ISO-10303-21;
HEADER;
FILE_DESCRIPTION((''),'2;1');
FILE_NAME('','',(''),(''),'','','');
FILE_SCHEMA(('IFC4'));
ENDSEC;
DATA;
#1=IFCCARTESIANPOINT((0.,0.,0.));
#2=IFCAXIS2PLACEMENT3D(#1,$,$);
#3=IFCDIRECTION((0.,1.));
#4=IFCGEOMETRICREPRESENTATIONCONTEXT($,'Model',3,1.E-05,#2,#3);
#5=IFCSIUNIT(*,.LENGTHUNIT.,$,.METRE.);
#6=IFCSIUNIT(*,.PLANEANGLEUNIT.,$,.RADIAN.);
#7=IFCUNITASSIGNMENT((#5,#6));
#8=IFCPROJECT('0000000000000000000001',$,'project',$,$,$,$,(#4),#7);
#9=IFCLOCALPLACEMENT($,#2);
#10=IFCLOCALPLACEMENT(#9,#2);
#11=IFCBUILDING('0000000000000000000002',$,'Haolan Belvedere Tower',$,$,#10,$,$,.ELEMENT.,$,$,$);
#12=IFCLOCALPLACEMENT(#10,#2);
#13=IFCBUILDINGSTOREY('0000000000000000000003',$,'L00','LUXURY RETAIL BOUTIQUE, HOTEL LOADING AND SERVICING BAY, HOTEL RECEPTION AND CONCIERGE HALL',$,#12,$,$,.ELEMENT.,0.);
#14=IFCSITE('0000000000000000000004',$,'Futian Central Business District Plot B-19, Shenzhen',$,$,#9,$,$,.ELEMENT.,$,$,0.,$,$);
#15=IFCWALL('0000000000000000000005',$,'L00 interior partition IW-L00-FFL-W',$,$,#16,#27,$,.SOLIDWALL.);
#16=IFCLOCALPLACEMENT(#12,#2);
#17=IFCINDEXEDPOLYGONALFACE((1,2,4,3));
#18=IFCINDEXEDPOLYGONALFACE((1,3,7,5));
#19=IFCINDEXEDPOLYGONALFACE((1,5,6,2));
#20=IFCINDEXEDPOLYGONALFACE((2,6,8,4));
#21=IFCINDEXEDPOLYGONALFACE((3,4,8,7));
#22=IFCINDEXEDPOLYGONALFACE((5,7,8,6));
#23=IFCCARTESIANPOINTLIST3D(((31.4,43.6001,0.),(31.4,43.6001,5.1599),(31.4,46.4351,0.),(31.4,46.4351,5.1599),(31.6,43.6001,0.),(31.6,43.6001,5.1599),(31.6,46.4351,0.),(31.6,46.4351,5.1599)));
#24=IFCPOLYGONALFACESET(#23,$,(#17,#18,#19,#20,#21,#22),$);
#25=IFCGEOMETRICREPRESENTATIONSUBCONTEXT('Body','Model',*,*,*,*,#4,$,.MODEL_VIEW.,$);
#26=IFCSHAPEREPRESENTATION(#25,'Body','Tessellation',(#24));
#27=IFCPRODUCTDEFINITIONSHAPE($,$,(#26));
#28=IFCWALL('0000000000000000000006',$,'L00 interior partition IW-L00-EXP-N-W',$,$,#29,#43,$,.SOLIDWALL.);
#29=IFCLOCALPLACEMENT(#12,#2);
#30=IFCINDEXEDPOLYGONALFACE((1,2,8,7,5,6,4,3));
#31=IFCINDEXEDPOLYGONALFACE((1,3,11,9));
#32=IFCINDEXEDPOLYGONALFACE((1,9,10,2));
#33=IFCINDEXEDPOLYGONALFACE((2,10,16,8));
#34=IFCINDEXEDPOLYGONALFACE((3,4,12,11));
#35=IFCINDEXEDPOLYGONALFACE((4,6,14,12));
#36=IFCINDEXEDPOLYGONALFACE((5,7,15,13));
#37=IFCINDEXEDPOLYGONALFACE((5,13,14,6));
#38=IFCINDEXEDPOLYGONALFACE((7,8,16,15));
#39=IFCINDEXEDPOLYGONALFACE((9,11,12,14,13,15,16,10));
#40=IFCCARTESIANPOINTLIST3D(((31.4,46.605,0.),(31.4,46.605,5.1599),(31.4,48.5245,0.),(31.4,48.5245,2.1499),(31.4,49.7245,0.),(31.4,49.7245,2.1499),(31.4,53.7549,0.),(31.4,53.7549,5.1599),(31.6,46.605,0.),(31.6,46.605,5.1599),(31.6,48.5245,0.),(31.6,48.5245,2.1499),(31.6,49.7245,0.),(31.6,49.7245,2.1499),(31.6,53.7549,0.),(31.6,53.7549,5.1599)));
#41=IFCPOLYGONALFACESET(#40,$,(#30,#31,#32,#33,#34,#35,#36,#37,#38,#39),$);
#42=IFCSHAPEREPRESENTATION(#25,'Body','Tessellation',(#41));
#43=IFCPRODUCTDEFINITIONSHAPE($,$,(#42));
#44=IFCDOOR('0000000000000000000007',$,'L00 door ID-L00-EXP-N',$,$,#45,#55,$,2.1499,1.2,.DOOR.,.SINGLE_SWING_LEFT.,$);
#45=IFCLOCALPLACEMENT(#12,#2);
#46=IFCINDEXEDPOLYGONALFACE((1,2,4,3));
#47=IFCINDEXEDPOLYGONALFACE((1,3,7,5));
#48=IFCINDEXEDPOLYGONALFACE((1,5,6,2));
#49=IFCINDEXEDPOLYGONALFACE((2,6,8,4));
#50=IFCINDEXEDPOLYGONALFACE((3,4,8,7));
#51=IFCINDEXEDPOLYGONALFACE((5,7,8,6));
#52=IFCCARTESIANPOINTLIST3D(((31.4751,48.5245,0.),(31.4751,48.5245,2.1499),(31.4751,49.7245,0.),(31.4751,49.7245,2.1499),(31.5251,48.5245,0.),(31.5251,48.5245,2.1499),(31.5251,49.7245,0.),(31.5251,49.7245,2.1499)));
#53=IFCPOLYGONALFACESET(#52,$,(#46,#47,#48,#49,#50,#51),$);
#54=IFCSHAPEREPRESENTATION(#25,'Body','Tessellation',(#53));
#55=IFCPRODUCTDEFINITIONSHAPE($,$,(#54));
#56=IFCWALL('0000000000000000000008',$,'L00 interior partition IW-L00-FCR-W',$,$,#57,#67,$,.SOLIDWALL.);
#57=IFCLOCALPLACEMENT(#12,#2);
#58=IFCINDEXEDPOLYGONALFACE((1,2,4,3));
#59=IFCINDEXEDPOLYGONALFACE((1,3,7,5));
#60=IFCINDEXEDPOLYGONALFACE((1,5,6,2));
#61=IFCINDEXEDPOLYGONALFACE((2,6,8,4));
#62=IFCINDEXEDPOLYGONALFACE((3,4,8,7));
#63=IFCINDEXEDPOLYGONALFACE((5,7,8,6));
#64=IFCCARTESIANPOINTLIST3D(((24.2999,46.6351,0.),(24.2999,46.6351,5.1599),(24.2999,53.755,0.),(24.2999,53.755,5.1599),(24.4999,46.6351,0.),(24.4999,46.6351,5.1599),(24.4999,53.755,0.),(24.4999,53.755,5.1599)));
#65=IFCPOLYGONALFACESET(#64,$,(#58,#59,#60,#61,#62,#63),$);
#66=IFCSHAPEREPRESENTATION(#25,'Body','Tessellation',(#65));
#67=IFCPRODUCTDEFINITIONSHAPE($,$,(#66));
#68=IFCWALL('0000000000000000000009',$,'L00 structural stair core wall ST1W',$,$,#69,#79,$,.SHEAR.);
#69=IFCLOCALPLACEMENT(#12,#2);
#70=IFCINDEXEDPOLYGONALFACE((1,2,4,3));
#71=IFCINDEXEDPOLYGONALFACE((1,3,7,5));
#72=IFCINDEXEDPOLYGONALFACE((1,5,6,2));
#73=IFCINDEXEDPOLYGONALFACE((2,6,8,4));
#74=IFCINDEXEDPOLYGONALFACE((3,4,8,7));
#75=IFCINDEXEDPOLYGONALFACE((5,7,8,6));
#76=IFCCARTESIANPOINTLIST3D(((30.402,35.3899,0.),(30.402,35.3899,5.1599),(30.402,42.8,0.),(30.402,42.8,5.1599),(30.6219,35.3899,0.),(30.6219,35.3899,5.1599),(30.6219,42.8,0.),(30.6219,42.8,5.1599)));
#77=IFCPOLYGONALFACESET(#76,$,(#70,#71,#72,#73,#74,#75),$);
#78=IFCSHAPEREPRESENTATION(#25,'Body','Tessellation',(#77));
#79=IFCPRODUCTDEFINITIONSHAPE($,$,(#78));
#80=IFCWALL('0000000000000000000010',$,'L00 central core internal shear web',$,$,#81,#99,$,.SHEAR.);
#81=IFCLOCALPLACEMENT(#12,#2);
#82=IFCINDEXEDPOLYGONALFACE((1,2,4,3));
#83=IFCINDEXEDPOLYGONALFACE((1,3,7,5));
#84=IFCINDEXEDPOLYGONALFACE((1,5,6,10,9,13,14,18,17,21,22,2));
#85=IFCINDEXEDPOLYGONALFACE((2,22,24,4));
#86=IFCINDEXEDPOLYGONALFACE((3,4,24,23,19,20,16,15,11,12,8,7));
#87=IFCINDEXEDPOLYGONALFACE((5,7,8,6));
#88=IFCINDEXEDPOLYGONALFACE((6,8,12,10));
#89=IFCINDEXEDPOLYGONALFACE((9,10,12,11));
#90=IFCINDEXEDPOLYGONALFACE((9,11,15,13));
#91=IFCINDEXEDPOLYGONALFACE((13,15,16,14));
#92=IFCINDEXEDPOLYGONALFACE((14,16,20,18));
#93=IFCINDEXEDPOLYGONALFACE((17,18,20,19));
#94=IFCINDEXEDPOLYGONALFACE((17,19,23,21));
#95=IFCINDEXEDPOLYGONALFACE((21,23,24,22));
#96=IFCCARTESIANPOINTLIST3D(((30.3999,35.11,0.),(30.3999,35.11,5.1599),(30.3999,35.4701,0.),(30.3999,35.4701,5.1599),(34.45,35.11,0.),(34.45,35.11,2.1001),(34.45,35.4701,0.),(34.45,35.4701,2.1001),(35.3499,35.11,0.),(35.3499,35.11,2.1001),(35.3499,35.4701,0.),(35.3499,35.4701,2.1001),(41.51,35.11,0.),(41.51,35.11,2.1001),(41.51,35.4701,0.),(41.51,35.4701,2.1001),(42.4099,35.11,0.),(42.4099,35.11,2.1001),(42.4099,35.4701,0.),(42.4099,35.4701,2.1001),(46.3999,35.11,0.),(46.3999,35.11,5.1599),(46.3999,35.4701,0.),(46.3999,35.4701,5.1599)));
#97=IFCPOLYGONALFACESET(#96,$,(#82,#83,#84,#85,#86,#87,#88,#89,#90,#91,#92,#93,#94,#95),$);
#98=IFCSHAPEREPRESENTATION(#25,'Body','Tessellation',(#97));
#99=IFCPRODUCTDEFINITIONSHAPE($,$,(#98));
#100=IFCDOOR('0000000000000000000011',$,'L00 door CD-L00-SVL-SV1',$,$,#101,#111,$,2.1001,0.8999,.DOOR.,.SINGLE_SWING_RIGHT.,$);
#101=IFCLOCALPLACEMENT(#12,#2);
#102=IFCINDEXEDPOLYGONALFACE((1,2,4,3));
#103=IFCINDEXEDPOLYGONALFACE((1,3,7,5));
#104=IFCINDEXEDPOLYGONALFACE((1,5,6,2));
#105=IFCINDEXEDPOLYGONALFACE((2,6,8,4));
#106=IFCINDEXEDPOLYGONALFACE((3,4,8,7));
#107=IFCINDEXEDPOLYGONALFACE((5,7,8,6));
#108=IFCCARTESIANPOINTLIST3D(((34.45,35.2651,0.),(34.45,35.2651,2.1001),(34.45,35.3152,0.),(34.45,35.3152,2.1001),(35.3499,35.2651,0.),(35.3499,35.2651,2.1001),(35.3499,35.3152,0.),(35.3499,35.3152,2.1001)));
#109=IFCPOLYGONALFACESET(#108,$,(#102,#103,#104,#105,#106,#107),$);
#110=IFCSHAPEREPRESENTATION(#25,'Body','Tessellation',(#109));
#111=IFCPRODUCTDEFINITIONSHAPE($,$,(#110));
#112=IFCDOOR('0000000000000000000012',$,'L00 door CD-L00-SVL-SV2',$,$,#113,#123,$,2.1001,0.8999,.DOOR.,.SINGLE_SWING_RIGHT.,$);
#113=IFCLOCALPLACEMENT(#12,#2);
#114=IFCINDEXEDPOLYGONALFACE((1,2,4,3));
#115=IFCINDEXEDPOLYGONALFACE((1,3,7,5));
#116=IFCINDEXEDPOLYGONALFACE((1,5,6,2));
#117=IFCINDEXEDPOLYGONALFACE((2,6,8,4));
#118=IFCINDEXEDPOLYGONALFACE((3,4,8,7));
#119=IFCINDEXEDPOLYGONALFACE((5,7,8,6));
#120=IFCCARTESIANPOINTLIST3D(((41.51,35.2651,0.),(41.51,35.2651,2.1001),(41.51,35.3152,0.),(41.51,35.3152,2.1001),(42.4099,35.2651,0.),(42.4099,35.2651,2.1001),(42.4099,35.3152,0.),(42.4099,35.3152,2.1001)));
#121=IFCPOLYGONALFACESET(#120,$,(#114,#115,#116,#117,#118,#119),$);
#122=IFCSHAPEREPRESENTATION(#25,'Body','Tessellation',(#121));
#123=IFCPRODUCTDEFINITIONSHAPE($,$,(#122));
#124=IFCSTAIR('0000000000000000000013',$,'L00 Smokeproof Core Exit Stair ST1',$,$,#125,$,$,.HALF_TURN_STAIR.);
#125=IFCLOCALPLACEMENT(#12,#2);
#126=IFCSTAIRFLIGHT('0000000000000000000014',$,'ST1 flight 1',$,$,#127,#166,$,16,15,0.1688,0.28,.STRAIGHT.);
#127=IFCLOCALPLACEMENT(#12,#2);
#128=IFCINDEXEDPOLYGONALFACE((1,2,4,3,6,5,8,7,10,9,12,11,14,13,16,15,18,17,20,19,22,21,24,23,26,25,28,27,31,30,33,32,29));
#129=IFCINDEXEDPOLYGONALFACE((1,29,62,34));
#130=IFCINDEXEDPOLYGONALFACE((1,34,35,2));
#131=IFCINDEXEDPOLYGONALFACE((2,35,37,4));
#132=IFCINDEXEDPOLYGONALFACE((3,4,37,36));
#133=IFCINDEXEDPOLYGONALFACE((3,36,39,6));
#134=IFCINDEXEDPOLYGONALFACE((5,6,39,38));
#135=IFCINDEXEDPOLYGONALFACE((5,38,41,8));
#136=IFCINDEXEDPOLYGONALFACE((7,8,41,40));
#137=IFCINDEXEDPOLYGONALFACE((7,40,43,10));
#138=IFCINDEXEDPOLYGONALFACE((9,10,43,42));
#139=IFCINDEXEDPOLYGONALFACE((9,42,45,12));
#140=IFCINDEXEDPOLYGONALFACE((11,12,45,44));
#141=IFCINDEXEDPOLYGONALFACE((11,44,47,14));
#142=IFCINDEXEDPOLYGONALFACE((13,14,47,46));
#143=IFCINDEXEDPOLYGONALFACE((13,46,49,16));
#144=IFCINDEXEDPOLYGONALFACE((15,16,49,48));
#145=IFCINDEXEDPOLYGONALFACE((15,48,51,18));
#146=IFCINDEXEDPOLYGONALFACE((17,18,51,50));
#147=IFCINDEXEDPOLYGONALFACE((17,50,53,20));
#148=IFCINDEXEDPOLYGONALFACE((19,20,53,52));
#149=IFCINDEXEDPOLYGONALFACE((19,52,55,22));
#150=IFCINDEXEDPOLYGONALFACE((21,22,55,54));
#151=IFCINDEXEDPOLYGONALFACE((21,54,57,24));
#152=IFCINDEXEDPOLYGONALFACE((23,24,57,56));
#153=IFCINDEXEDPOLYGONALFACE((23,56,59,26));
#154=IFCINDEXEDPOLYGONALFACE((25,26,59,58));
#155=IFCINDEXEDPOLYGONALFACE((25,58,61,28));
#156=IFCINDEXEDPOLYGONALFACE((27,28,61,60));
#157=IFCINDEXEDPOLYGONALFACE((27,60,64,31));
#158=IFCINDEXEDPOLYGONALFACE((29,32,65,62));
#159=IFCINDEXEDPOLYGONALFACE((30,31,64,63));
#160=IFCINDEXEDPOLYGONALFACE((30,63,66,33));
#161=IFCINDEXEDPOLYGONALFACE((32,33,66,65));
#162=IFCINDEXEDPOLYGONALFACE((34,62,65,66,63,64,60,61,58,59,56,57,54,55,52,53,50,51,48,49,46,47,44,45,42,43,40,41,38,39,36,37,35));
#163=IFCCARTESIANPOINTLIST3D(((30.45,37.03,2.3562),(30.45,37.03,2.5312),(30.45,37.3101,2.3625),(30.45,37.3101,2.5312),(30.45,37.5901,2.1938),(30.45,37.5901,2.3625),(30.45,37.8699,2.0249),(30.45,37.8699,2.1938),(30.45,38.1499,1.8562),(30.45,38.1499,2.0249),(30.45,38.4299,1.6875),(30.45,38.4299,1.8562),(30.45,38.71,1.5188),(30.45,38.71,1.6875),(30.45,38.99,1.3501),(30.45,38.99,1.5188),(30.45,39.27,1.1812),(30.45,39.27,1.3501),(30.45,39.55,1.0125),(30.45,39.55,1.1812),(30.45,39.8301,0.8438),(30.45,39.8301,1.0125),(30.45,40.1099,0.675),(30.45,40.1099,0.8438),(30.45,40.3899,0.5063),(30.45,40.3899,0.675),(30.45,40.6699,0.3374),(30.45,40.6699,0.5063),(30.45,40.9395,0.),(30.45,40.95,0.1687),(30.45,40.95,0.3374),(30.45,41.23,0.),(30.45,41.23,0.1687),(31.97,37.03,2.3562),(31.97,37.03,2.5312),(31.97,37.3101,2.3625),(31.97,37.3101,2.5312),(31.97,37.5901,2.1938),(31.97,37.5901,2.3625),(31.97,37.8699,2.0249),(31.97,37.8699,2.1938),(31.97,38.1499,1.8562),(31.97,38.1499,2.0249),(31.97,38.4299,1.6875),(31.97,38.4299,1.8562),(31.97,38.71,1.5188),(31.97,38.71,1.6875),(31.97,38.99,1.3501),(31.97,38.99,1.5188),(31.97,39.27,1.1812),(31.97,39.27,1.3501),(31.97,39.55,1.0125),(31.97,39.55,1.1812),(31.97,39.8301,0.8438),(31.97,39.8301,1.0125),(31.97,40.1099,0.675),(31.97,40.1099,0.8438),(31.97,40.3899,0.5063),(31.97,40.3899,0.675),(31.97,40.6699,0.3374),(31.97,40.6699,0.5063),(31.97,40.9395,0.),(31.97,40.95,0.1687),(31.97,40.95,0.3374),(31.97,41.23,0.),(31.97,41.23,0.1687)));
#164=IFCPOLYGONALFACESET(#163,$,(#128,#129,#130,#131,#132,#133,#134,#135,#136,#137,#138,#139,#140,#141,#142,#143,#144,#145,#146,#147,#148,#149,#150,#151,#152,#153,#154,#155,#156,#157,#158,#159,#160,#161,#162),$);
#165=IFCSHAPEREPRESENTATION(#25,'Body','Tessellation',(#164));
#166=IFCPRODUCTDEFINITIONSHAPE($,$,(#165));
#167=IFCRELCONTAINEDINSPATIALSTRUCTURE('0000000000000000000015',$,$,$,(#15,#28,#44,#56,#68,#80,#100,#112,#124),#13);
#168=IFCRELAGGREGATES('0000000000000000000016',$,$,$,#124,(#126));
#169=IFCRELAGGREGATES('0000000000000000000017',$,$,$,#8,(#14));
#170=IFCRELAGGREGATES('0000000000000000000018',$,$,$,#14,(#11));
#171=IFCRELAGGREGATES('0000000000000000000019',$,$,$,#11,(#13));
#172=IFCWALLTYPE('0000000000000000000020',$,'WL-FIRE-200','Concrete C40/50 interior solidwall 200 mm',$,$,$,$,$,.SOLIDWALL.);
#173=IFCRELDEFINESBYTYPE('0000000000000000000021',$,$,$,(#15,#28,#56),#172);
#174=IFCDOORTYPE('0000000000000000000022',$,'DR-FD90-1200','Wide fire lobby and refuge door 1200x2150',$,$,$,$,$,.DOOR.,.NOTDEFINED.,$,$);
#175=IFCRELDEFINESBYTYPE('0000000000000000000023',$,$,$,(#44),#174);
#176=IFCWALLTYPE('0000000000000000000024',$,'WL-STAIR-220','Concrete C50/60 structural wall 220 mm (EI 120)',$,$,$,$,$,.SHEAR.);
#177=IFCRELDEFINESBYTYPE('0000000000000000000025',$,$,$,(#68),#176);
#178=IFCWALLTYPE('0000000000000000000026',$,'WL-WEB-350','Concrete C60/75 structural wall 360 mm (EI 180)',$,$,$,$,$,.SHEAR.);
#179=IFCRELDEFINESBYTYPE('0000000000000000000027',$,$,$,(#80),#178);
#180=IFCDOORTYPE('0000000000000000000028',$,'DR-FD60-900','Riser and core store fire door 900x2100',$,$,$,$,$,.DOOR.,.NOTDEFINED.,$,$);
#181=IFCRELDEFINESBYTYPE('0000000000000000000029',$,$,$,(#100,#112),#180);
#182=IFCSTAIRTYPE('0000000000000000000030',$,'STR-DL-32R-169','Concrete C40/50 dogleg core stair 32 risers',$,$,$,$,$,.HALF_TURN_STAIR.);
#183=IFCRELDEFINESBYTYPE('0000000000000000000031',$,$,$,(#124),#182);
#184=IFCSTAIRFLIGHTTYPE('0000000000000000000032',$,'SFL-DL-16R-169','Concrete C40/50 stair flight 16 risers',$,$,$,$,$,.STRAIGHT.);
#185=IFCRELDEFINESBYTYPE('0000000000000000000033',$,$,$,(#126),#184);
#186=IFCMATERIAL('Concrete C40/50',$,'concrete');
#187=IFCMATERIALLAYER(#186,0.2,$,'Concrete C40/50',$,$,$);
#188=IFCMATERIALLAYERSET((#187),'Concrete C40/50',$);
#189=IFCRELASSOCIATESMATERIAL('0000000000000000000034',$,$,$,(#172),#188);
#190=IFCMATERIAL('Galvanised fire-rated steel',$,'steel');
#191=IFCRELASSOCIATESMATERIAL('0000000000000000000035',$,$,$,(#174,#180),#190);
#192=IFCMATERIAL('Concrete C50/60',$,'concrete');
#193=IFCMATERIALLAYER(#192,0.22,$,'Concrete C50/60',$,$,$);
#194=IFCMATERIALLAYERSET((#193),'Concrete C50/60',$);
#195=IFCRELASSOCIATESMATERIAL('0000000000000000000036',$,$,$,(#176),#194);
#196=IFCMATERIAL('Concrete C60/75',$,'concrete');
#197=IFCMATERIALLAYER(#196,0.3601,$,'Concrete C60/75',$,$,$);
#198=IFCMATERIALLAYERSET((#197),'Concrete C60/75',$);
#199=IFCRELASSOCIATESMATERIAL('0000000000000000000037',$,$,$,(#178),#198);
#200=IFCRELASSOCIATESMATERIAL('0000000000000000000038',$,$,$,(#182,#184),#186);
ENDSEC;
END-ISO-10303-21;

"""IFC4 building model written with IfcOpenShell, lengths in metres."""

from ifc_helpers import new_model, si_unit, direction, frame, frame_2d, origin, place, context, subcontext, project, spatial, polyline, rectangle, outline, extrude, material, layer, layer_set, type_object, element, fill, aggregate, save


model = new_model("IFC4")

# Units and contexts
model_context = context("Model", 3, precision=1e-05, world=origin(), true_north=direction((0.0, 1.0)))
body_context = subcontext(model_context, "Body", "Model", "MODEL_VIEW")
ifc_project = project(units=[si_unit("LENGTHUNIT", "METRE"), si_unit("PLANEANGLEUNIT", "RADIAN")], contexts=[model_context])

# Site, building, storey
site_placement = place(None, origin())
site = spatial("IfcSite", under=ifc_project, at=site_placement, Name="Futian Central Business District Plot B-19, Shenzhen", CompositionType="ELEMENT", RefElevation=0.0)
building_placement = place(site_placement, origin())
building = spatial("IfcBuilding", under=site, at=building_placement, Name="Haolan Belvedere Tower", CompositionType="ELEMENT")
storey_placement = place(building_placement, origin())
storey = spatial("IfcBuildingStorey", under=building, at=storey_placement, Name="L00", Description="LUXURY RETAIL BOUTIQUE, HOTEL LOADING AND SERVICING BAY, HOTEL RECEPTION AND CONCIERGE HALL", CompositionType="ELEMENT", Elevation=0.0)

# Shared definitions
ifc_material_1 = material(Name="Concrete C50/60", Category="concrete")

# Shared definitions
ifc_material_2 = material(Name="Galvanised fire-rated steel", Category="steel")
ifc_material_3 = material(Name="Concrete C40/50", Category="concrete")
ifc_layer_1 = layer(ifc_material_3, 0.2, Name="Concrete C40/50")
ifc_layer_set_1 = layer_set([ifc_layer_1], Name="Concrete C40/50")
wall_type_1 = type_object("IfcWallType", Name="WL-FIRE-200", Description="Concrete C40/50 interior solidwall 200 mm", PredefinedType="SOLIDWALL", material=ifc_layer_set_1)

# Wall
wall_1_placement = place(storey_placement, frame((31.5, 43.6001, 0.0), z_axis=(0.0, 0.0, 1.0), x_axis=(0.0, 1.0, 0.0)))
element("IfcWall", 1, at=wall_1_placement, inside=storey, type_object=wall_type_1, Name="L00 interior partition IW-L00-FFL-W", PredefinedType="SOLIDWALL", context=body_context, shape_type="SweptSolid", body=[
    extrude(rectangle(XDim=2.835, YDim=0.2, at=frame_2d((1.4175, 0.0))), origin(), (0.0, 0.0, 1.0), 5.1599),
])

# Wall, opening, door
wall_2_placement = place(storey_placement, frame((31.5, 46.605, 0.0), z_axis=(0.0, 0.0, 1.0), x_axis=(0.0, 1.0, 0.0)))
wall_2 = element("IfcWall", 2, at=wall_2_placement, inside=storey, type_object=wall_type_1, Name="L00 interior partition IW-L00-EXP-N-W", PredefinedType="SOLIDWALL", context=body_context, shape_type="SweptSolid", body=[
    extrude(rectangle(XDim=7.1499, YDim=0.2, at=frame_2d((3.575, 0.0))), origin(), (0.0, 0.0, 1.0), 5.1599),
])
opening_1_placement = place(wall_2_placement, frame((1.9194, 0.0, 0.0)))
opening_1 = element("IfcOpeningElement", 3, at=opening_1_placement, cuts=wall_2, PredefinedType="OPENING", context=body_context, shape_type="SweptSolid", body=[
    extrude(rectangle(XDim=1.2, YDim=2.1499, at=frame_2d((0.6001, 1.075))), frame((0.0, 0.1099, 0.0), z_axis=(0.0, -1.0, 0.0), x_axis=(1.0, 0.0, 0.0)), (0.0, 0.0, 1.0), 0.22),
])
door_type_1 = type_object("IfcDoorType", Name="DR-FD90-1200", Description="Wide fire lobby and refuge door 1200x2150", OperationType="NOTDEFINED", PredefinedType="DOOR", material=ifc_material_2)
door_1_placement = place(opening_1_placement, origin())
door_1 = element("IfcDoor", 4, at=door_1_placement, inside=storey, type_object=door_type_1, Name="L00 door ID-L00-EXP-N", OperationType="SINGLE_SWING_LEFT", OverallHeight=2.1499, OverallWidth=1.2, PredefinedType="DOOR", context=body_context, shape_type="SweptSolid", body=[
    extrude(rectangle(XDim=1.2, YDim=2.1499, at=frame_2d((0.6001, 1.075))), frame((0.0, 0.0249, 0.0), z_axis=(0.0, -1.0, 0.0), x_axis=(1.0, 0.0, 0.0)), (0.0, 0.0, 1.0), 0.05),
])
fill(opening_1, door_1)

# Walls
wall_3_placement = place(storey_placement, frame((24.3999, 46.635, 0.0), z_axis=(0.0, 0.0, 1.0), x_axis=(0.0, 1.0, 0.0)))
element("IfcWall", 5, at=wall_3_placement, inside=storey, type_object=wall_type_1, Name="L00 interior partition IW-L00-FCR-W", PredefinedType="SOLIDWALL", context=body_context, shape_type="SweptSolid", body=[
    extrude(rectangle(XDim=7.1199, YDim=0.2, at=frame_2d((3.5601, 0.0))), origin(), (0.0, 0.0, 1.0), 5.1599),
])
ifc_layer_2 = layer(ifc_material_1, 0.22, Name="Concrete C50/60")
ifc_layer_set_2 = layer_set([ifc_layer_2], Name="Concrete C50/60")
wall_type_2 = type_object("IfcWallType", Name="WL-STAIR-220", Description="Concrete C50/60 structural wall 220 mm (EI 120)", PredefinedType="SHEAR", material=ifc_layer_set_2)
wall_4_placement = place(storey_placement, frame((30.512, 35.3899, 0.0), z_axis=(0.0, 0.0, 1.0), x_axis=(0.0, 1.0, 0.0)))
element("IfcWall", 6, at=wall_4_placement, inside=storey, type_object=wall_type_2, Name="L00 structural stair core wall ST1W", PredefinedType="SHEAR", context=body_context, shape_type="SweptSolid", body=[
    extrude(rectangle(XDim=7.4102, YDim=0.22, at=frame_2d((3.7051, 0.0))), origin(), (0.0, 0.0, 1.0), 5.1599),
])

# Wall, openings, doors
ifc_material_4 = material(Name="Concrete C60/75", Category="concrete")
ifc_layer_3 = layer(ifc_material_4, 0.3601, Name="Concrete C60/75")
ifc_layer_set_3 = layer_set([ifc_layer_3], Name="Concrete C60/75")
wall_type_3 = type_object("IfcWallType", Name="WL-WEB-350", Description="Concrete C60/75 structural wall 360 mm (EI 180)", PredefinedType="SHEAR", material=ifc_layer_set_3)
wall_5_placement = place(storey_placement, frame((30.3999, 35.29, 0.0), z_axis=(0.0, 0.0, 1.0), x_axis=(1.0, 0.0, 0.0)))
wall_5 = element("IfcWall", 7, at=wall_5_placement, inside=storey, type_object=wall_type_3, Name="L00 central core internal shear web", PredefinedType="SHEAR", context=body_context, shape_type="SweptSolid", body=[
    extrude(rectangle(XDim=16.0, YDim=0.3601, at=frame_2d((8.0, 0.0))), origin(), (0.0, 0.0, 1.0), 5.1599),
])
opening_2_placement = place(wall_5_placement, frame((4.95, 0.0, 0.0), z_axis=(0.0, 0.0, 1.0), x_axis=(-1.0, 0.0, 0.0)))
opening_2 = element("IfcOpeningElement", 8, at=opening_2_placement, cuts=wall_5, PredefinedType="OPENING", context=body_context, shape_type="SweptSolid", body=[
    extrude(rectangle(XDim=0.8999, YDim=2.1001, at=frame_2d((0.45, 1.05))), frame((0.0, 0.1899, 0.0), z_axis=(0.0, -1.0, 0.0), x_axis=(1.0, 0.0, 0.0)), (0.0, 0.0, 1.0), 0.3801),
])
opening_3_placement = place(wall_5_placement, frame((12.01, 0.0, 0.0), z_axis=(0.0, 0.0, 1.0), x_axis=(-1.0, 0.0, 0.0)))
opening_3 = element("IfcOpeningElement", 9, at=opening_3_placement, cuts=wall_5, PredefinedType="OPENING", context=body_context, shape_type="SweptSolid", body=[
    extrude(rectangle(XDim=0.8999, YDim=2.1001, at=frame_2d((0.45, 1.05))), frame((0.0, 0.1899, 0.0), z_axis=(0.0, -1.0, 0.0), x_axis=(1.0, 0.0, 0.0)), (0.0, 0.0, 1.0), 0.3801),
])
door_type_2 = type_object("IfcDoorType", Name="DR-FD60-900", Description="Riser and core store fire door 900x2100", OperationType="NOTDEFINED", PredefinedType="DOOR", material=ifc_material_2)
door_2_placement = place(opening_2_placement, origin())
door_2 = element("IfcDoor", 10, at=door_2_placement, inside=storey, type_object=door_type_2, Name="L00 door CD-L00-SVL-SV1", OperationType="SINGLE_SWING_RIGHT", OverallHeight=2.1001, OverallWidth=0.8999, PredefinedType="DOOR", context=body_context, shape_type="SweptSolid", body=[
    extrude(rectangle(XDim=0.8999, YDim=2.1001, at=frame_2d((0.45, 1.05))), frame((0.0, 0.0249, 0.0), z_axis=(0.0, -1.0, 0.0), x_axis=(1.0, 0.0, 0.0)), (0.0, 0.0, 1.0), 0.05),
])
fill(opening_2, door_2)
door_3_placement = place(opening_3_placement, origin())
door_3 = element("IfcDoor", 11, at=door_3_placement, inside=storey, type_object=door_type_2, Name="L00 door CD-L00-SVL-SV2", OperationType="SINGLE_SWING_RIGHT", OverallHeight=2.1001, OverallWidth=0.8999, PredefinedType="DOOR", context=body_context, shape_type="SweptSolid", body=[
    extrude(rectangle(XDim=0.8999, YDim=2.1001, at=frame_2d((0.45, 1.05))), frame((0.0, 0.0249, 0.0), z_axis=(0.0, -1.0, 0.0), x_axis=(1.0, 0.0, 0.0)), (0.0, 0.0, 1.0), 0.05),
])
fill(opening_3, door_3)

# Stair, stair flight
stair_type = type_object("IfcStairType", Name="STR-DL-32R-169", Description="Concrete C40/50 dogleg core stair 32 risers", PredefinedType="HALF_TURN_STAIR", material=ifc_material_3)
stair_placement = place(storey_placement, origin())
stair = element("IfcStair", 12, at=stair_placement, inside=storey, type_object=stair_type, Name="L00 Smokeproof Core Exit Stair ST1", PredefinedType="HALF_TURN_STAIR")
stair_flight_type = type_object("IfcStairFlightType", Name="SFL-DL-16R-169", Description="Concrete C40/50 stair flight 16 risers", PredefinedType="STRAIGHT", material=ifc_material_3)
stair_flight_1_placement = place(storey_placement, frame((31.21, 41.23, 0.0), z_axis=(0.0, 0.0, 1.0), x_axis=(0.0, -1.0, 0.0)))
stair_flight_1 = element("IfcStairFlight", 13, at=stair_flight_1_placement, type_object=stair_flight_type, Name="ST1 flight 1", NumberOfRisers=16, NumberOfTreads=15, PredefinedType="STRAIGHT", RiserHeight=0.1688, TreadLength=0.28, context=body_context, shape_type="SweptSolid", body=[
    extrude(outline(polyline([(0.0, 0.0), (0.0, 0.1687), (0.28, 0.1687), (0.28, 0.3374), (0.5601, 0.3374), (0.5601, 0.5063), (0.8401, 0.5063), (0.8401, 0.675), (1.1201, 0.675), (1.1201, 0.8438), (1.3999, 0.8438), (1.3999, 1.0125), (1.6799, 1.0125), (1.6799, 1.1812), (1.96, 1.1812), (1.96, 1.3501), (2.24, 1.3501), (2.24, 1.5188), (2.52, 1.5188), (2.52, 1.6875), (2.8, 1.6875), (2.8, 1.8562), (3.0801, 1.8562), (3.0801, 2.0249), (3.3601, 2.0249), (3.3601, 2.1938), (3.6399, 2.1938), (3.6399, 2.3625), (3.9199, 2.3625), (3.9199, 2.5312), (4.2, 2.5312), (4.2, 2.7), (4.2, 2.3562), (0.2905, 0.0), (0.0, 0.0)])), frame((0.0, 0.76, 0.0), z_axis=(0.0, -1.0, 0.0), x_axis=(1.0, 0.0, 0.0)), (0.0, 0.0, 1.0), 1.52),
])
aggregate(stair, [stair_flight_1])

save(model, "model.ifc")
